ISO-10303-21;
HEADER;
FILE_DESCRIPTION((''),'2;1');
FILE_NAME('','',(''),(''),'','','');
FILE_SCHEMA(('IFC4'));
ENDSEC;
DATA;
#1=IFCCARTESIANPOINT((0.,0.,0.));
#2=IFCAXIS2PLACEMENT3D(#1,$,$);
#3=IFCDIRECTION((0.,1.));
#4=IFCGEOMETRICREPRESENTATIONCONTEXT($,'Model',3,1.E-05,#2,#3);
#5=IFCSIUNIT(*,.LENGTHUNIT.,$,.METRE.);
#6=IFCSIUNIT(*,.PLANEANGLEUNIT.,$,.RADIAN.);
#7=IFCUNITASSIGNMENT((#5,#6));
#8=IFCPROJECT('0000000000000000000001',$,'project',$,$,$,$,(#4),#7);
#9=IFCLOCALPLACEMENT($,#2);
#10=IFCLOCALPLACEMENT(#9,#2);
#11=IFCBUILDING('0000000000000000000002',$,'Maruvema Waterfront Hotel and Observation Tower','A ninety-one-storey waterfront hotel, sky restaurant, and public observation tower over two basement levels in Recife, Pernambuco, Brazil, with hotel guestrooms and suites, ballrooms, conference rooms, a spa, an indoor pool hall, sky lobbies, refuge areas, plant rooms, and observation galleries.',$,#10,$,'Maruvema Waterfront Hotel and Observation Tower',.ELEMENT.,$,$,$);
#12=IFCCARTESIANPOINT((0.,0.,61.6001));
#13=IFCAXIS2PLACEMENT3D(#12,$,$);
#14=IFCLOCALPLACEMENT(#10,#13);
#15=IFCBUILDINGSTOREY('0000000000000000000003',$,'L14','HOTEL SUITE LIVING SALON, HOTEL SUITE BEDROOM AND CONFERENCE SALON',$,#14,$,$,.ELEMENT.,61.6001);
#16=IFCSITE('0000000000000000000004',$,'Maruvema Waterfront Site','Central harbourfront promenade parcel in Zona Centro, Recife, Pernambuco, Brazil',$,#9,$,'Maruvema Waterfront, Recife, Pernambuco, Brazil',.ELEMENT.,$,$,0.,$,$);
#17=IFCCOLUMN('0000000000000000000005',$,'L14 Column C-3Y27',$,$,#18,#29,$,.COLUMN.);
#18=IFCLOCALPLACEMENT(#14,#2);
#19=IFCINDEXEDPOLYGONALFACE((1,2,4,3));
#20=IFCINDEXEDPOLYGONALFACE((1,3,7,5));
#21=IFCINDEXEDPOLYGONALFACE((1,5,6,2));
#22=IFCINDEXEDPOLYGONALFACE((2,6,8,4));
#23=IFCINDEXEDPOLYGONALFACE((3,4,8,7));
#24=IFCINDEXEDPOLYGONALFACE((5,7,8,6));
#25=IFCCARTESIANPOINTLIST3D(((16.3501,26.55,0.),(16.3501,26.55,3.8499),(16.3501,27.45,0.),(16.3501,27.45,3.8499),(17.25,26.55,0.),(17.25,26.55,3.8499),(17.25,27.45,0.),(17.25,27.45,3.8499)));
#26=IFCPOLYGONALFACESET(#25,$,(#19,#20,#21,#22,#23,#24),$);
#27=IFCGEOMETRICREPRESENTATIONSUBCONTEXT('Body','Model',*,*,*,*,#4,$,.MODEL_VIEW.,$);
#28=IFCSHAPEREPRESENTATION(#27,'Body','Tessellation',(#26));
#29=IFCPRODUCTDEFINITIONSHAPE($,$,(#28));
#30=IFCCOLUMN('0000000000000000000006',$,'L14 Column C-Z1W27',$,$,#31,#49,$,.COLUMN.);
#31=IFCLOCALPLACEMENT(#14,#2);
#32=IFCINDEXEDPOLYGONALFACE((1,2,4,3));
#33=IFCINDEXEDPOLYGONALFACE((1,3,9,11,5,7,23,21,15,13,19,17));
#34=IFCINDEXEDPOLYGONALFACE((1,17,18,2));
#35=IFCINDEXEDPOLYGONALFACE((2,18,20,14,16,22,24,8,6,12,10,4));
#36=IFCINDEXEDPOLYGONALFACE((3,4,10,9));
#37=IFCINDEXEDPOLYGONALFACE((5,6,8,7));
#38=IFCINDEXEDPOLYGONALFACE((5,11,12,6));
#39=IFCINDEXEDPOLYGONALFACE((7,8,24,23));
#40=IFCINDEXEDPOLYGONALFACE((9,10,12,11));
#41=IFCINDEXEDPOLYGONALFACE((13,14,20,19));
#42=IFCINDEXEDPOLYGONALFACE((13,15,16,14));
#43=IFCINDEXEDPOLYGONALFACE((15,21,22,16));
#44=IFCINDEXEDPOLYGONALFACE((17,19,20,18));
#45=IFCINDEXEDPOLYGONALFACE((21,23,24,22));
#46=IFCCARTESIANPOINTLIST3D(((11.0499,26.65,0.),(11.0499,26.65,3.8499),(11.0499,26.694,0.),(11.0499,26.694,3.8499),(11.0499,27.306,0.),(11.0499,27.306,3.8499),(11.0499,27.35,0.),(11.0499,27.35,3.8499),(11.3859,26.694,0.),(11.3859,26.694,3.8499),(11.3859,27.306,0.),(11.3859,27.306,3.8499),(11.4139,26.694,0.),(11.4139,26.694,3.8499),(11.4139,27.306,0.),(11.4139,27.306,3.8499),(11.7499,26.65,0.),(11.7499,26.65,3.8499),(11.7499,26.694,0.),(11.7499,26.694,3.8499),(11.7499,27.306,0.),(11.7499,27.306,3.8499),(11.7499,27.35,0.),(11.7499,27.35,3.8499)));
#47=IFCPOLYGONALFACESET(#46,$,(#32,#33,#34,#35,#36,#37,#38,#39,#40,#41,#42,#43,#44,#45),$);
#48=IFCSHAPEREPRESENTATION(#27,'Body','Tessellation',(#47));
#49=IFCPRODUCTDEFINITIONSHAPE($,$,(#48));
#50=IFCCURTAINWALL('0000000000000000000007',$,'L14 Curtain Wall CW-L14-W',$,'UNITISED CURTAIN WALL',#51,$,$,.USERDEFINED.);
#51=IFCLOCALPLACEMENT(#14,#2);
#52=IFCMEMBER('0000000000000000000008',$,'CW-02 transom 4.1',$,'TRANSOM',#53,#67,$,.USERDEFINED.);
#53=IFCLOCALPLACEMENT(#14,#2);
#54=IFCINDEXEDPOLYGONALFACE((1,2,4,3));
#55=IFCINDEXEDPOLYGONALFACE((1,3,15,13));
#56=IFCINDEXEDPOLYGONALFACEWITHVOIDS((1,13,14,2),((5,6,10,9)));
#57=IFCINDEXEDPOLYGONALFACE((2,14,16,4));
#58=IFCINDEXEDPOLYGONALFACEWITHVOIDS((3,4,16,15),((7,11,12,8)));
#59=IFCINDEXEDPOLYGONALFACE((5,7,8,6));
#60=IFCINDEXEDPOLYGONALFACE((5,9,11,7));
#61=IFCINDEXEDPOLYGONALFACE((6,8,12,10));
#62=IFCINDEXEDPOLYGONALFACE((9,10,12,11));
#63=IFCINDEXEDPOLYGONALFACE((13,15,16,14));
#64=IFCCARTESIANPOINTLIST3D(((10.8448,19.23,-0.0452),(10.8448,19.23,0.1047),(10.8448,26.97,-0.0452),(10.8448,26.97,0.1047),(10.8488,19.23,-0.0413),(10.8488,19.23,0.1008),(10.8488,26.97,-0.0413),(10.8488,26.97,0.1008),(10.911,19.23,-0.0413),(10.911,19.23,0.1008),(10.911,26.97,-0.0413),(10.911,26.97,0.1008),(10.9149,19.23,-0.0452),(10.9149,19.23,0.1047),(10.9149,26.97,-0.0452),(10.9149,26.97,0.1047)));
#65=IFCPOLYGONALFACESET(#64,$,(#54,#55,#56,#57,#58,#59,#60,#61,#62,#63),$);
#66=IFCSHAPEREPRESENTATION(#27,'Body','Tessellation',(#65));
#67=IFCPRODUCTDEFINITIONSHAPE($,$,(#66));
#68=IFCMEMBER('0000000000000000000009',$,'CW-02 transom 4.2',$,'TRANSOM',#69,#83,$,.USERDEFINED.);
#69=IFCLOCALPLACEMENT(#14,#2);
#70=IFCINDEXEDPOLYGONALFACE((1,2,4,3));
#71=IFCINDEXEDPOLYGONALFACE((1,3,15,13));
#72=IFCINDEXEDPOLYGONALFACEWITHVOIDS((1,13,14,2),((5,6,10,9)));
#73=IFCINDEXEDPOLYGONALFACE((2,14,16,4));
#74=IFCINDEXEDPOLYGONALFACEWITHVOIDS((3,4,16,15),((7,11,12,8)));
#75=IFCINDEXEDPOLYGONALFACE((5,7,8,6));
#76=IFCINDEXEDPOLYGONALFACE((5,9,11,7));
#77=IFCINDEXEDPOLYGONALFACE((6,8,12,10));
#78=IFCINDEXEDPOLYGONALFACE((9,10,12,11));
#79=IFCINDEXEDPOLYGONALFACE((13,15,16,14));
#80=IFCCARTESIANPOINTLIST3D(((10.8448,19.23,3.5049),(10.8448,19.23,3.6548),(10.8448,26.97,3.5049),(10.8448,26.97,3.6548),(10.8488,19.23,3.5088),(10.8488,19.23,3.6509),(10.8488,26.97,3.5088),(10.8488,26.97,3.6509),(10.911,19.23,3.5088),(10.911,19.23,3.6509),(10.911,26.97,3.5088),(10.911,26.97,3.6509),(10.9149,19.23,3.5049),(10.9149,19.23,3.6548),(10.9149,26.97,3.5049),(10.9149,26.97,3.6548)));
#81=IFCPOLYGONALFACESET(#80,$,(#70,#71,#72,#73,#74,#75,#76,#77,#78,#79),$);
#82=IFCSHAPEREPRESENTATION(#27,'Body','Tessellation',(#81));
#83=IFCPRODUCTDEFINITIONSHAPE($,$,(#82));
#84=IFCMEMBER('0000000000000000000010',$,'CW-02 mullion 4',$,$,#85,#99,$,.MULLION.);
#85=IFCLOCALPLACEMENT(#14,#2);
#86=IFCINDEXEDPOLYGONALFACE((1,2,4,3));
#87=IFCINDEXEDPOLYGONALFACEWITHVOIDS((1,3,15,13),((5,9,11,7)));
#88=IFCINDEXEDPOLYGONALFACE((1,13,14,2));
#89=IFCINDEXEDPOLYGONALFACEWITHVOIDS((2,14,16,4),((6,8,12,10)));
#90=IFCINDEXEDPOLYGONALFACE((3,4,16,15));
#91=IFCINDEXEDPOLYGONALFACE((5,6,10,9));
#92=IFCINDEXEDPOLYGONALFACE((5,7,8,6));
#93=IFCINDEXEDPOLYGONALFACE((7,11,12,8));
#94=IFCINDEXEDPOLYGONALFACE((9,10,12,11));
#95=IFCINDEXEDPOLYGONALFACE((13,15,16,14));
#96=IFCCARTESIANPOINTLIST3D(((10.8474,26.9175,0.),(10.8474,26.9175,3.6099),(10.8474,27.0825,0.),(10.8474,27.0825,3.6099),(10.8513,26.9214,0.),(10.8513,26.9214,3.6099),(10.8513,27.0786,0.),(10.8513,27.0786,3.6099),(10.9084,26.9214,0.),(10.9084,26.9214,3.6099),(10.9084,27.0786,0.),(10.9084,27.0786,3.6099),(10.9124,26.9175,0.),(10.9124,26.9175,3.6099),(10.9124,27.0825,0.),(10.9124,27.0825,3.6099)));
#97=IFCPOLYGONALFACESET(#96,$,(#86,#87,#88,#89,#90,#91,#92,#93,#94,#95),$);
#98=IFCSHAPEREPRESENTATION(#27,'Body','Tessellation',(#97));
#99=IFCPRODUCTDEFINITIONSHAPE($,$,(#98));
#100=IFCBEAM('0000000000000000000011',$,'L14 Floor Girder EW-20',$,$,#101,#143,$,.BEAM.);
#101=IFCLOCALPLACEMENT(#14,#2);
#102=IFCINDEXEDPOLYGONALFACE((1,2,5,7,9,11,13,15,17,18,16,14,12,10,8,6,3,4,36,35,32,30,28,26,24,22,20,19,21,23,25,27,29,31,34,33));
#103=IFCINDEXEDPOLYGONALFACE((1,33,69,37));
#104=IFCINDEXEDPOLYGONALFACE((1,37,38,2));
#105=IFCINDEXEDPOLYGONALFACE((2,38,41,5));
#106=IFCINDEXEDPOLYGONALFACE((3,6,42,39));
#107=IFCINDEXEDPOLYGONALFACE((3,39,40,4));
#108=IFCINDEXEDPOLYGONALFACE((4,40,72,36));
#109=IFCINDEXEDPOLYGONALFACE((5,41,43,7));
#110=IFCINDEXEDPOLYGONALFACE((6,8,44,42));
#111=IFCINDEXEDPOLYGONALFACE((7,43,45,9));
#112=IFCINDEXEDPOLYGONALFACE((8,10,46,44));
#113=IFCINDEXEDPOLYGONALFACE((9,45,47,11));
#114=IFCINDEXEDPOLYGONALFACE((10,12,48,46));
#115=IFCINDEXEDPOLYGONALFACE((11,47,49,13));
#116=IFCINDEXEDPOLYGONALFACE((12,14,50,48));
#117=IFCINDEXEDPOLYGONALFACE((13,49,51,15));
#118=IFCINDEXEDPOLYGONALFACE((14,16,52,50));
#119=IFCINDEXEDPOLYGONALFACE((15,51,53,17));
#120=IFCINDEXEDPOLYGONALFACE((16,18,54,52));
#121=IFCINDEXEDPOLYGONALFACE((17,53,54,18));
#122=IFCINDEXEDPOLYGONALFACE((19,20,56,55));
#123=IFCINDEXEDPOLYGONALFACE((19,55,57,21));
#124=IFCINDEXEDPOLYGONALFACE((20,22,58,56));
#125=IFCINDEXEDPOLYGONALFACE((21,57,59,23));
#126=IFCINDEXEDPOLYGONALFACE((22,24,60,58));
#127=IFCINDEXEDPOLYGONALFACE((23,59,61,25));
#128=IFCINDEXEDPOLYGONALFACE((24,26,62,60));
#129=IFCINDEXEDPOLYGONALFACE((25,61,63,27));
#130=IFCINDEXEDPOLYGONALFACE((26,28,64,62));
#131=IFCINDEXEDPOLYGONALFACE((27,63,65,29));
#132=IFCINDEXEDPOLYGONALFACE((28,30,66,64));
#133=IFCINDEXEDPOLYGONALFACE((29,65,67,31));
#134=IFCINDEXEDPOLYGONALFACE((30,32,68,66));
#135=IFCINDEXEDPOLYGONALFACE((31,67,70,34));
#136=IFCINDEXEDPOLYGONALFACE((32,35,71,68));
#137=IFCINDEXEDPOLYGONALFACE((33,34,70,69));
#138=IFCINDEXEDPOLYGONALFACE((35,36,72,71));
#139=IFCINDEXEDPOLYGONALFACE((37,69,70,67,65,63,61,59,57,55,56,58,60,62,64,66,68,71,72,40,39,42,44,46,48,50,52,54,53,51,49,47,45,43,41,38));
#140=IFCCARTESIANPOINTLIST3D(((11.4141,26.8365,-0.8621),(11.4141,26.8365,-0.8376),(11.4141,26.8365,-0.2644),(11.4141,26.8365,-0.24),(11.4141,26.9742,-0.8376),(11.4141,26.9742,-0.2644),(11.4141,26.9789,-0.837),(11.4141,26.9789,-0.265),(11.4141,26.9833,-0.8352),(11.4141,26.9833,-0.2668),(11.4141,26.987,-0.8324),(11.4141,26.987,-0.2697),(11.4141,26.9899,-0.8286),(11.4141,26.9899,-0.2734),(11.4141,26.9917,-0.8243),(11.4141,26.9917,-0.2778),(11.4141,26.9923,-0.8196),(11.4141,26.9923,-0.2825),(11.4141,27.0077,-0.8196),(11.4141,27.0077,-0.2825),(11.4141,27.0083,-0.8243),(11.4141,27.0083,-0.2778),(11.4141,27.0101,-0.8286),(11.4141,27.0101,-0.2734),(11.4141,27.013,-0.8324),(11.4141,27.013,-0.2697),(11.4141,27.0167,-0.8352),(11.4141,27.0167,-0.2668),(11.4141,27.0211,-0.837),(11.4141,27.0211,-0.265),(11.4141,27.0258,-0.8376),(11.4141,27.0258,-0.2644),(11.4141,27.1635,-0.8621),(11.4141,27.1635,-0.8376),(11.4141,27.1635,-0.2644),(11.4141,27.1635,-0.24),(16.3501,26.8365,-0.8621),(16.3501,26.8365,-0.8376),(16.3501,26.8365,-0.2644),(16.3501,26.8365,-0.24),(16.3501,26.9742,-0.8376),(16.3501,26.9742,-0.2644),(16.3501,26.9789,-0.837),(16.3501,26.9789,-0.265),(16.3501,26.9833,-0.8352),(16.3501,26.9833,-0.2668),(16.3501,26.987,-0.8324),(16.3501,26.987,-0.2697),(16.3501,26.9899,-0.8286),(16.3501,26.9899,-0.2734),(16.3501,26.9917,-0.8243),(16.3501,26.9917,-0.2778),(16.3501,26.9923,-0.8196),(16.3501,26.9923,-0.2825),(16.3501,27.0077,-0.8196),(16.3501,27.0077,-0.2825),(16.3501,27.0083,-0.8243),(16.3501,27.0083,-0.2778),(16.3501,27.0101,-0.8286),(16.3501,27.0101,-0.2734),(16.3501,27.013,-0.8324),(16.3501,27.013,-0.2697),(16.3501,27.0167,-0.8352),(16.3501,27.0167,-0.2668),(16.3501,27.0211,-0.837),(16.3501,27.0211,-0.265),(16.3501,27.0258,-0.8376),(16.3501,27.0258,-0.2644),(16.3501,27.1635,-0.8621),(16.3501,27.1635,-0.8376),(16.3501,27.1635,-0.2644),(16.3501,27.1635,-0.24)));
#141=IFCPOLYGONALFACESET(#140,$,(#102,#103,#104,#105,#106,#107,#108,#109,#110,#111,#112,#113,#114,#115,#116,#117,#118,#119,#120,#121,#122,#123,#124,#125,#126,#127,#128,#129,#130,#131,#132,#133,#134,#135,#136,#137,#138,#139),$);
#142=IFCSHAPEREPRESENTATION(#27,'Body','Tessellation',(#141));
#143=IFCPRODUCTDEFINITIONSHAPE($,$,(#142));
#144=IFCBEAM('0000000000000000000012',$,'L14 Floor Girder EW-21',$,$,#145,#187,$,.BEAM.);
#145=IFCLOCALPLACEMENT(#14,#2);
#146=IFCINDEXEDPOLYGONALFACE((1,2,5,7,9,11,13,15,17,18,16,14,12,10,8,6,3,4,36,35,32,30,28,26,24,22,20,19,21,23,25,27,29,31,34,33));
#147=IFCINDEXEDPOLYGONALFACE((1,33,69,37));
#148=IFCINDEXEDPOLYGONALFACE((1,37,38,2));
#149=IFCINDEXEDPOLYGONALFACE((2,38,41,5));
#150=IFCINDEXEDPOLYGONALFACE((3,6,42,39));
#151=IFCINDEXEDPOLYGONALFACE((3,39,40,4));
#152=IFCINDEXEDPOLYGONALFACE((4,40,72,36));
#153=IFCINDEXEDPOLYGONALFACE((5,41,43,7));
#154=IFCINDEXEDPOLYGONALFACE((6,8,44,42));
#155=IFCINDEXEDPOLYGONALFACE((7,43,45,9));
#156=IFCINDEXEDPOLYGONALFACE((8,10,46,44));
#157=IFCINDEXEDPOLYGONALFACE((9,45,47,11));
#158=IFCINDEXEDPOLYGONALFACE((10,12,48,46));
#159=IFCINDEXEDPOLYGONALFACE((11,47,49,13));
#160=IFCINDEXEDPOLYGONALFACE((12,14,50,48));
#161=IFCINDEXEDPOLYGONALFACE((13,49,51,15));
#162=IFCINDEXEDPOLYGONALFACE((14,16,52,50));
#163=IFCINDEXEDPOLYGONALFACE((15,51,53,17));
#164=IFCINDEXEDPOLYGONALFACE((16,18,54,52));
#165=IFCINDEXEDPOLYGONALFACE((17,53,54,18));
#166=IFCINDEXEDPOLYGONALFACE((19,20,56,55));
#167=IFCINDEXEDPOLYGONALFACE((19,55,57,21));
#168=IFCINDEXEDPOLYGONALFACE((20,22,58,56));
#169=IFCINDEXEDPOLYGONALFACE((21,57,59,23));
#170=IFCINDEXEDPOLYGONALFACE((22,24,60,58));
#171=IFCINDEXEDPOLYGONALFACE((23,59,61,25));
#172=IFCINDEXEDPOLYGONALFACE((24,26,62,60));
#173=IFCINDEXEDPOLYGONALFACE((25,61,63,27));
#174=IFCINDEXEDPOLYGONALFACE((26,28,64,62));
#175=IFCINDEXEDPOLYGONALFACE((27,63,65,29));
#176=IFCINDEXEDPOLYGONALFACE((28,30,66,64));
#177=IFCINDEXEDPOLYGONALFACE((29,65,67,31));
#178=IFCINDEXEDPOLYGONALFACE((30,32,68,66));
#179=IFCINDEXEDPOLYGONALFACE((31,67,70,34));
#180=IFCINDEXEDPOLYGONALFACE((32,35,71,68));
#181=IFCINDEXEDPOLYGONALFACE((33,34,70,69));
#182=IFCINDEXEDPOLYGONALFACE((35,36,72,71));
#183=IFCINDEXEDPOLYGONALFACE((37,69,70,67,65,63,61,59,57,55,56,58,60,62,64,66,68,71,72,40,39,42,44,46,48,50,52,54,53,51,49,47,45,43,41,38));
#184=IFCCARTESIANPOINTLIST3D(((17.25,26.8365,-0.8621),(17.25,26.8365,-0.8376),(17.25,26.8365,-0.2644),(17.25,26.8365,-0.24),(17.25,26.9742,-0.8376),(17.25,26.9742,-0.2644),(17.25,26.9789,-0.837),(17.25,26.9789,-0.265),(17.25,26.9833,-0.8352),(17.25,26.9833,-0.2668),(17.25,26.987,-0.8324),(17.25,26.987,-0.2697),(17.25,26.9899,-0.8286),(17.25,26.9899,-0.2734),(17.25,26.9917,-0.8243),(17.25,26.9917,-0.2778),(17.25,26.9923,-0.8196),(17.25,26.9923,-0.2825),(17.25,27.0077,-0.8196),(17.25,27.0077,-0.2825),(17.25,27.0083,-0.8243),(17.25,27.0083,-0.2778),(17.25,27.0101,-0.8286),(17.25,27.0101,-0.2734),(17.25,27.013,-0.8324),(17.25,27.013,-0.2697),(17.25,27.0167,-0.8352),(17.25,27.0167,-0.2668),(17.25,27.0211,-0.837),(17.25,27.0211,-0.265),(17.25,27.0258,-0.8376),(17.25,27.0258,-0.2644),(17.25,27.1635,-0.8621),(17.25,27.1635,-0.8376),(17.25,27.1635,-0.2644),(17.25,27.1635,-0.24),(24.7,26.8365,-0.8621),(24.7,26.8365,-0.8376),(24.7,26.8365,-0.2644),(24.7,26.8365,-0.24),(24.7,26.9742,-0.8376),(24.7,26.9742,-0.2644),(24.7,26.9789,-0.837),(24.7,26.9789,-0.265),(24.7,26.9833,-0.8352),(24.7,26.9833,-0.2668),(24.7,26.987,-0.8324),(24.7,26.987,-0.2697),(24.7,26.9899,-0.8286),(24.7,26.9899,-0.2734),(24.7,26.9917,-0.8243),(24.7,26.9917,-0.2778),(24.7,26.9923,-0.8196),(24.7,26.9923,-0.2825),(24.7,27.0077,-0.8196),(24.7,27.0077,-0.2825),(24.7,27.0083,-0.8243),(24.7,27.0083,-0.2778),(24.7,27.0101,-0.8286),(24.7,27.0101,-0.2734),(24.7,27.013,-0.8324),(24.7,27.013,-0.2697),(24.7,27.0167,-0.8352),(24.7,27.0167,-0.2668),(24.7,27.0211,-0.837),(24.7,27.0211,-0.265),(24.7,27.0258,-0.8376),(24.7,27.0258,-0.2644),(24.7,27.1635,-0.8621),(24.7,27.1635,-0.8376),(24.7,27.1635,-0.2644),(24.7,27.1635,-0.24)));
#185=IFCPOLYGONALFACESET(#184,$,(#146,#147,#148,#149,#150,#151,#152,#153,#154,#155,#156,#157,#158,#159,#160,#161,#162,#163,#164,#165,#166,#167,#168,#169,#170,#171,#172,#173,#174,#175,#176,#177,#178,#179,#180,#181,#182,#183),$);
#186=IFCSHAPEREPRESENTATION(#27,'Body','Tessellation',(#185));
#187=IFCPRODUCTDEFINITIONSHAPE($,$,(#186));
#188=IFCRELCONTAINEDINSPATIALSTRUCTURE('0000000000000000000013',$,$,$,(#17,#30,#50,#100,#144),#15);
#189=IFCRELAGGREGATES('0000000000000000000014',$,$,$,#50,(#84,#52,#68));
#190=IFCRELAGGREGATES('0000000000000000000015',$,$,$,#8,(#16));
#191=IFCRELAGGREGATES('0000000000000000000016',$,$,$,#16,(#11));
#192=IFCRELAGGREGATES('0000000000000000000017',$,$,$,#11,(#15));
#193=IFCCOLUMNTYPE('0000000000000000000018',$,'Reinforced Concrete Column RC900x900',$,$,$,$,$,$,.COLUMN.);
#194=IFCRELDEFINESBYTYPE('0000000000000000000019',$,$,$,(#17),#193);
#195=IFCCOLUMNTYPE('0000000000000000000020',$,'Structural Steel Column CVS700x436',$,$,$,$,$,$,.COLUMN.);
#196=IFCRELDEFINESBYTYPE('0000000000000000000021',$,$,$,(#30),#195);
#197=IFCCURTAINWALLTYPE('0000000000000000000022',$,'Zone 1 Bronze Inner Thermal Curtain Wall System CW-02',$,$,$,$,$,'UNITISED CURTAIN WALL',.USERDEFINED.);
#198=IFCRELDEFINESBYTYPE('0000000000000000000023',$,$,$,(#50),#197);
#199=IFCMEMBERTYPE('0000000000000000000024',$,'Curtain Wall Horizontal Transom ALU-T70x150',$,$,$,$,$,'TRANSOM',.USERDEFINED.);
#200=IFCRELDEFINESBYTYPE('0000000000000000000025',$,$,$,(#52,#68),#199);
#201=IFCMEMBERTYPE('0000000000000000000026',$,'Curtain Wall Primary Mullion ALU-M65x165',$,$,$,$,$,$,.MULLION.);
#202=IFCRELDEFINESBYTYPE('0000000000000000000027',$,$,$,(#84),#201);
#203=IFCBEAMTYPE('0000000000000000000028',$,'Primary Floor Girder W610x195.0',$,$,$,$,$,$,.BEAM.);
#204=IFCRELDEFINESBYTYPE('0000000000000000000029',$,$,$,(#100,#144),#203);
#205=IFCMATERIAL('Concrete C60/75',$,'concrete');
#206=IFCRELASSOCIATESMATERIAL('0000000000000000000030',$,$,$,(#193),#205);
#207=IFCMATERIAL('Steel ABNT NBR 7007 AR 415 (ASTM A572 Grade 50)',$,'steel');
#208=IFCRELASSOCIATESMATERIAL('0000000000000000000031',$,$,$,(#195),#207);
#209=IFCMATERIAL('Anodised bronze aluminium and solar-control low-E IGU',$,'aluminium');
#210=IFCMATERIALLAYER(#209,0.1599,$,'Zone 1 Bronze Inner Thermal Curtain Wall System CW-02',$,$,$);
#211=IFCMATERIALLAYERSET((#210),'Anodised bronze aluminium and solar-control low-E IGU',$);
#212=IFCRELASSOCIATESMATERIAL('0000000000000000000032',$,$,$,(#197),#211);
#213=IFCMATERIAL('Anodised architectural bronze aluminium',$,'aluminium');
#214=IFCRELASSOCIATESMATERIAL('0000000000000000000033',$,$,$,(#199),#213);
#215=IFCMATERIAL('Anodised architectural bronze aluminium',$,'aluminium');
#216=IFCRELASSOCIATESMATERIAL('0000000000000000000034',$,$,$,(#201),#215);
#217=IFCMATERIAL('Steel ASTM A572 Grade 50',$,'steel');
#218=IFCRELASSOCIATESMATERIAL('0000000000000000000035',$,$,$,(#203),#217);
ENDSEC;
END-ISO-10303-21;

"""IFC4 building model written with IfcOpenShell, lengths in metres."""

from ifc_helpers import new_model, si_unit, direction, frame, origin, origin_2d, place, context, subcontext, project, spatial, rectangle, hollow_rectangle, i_section, extrude, material, layer, layer_set, material_profile, profile_set, type_object, element, aggregate, save


model = new_model("IFC4")

# Units and contexts
model_context = context("Model", 3, precision=1e-05, world=origin(), true_north=direction((0.0, 1.0)))
body_context = subcontext(model_context, "Body", "Model", "MODEL_VIEW")
ifc_project = project(units=[si_unit("LENGTHUNIT", "METRE"), si_unit("PLANEANGLEUNIT", "RADIAN")], contexts=[model_context])

# Site, building, storey
site_placement = place(None, origin())
site = spatial("IfcSite", under=ifc_project, at=site_placement, Name="Maruvema Waterfront Site", Description="Central harbourfront promenade parcel in Zona Centro, Recife, Pernambuco, Brazil", LongName="Maruvema Waterfront, Recife, Pernambuco, Brazil", CompositionType="ELEMENT", RefElevation=0.0)
building_placement = place(site_placement, origin())
building = spatial("IfcBuilding", under=site, at=building_placement, Name="Maruvema Waterfront Hotel and Observation Tower", Description="A ninety-one-storey waterfront hotel, sky restaurant, and public observation tower over two basement levels in Recife, Pernambuco, Brazil, with hotel guestrooms and suites, ballrooms, conference rooms, a spa, an indoor pool hall, sky lobbies, refuge areas, plant rooms, and observation galleries.", LongName="Maruvema Waterfront Hotel and Observation Tower", CompositionType="ELEMENT")
storey_placement = place(building_placement, frame((0.0, 0.0, 61.6001)))
storey = spatial("IfcBuildingStorey", under=building, at=storey_placement, Name="L14", Description="HOTEL SUITE LIVING SALON, HOTEL SUITE BEDROOM AND CONFERENCE SALON", CompositionType="ELEMENT", Elevation=61.6001)

# Columns
ifc_material_1 = material(Name="Concrete C60/75", Category="concrete")
ifc_material_profile_1 = material_profile(ifc_material_1, rectangle(XDim=0.8999, YDim=0.8999, at=origin_2d()), Name="RC900x900")
ifc_profile_set_1 = profile_set([ifc_material_profile_1], Name="Concrete C60/75")
column_type_1 = type_object("IfcColumnType", Name="Reinforced Concrete Column RC900x900", PredefinedType="COLUMN", material=ifc_profile_set_1)
column_1_placement = place(storey_placement, frame((16.8, 27.0, 0.0), z_axis=(0.0, 0.0, 1.0), x_axis=(1.0, 0.0, 0.0)))
element("IfcColumn", 1, at=column_1_placement, inside=storey, type_object=column_type_1, Name="L14 Column C-3Y27", PredefinedType="COLUMN", context=body_context, shape_type="SweptSolid", body=[
    extrude(rectangle(XDim=0.8999, YDim=0.8999, at=origin_2d()), origin(), (0.0, 0.0, 1.0), 3.8499),
])
ifc_material_2 = material(Name="Steel ABNT NBR 7007 AR 415 (ASTM A572 Grade 50)", Category="steel")
ifc_material_profile_2 = material_profile(ifc_material_2, i_section(OverallWidth=0.7, OverallDepth=0.7, WebThickness=0.0281, FlangeThickness=0.0439, at=origin_2d()), Name="CVS700x436")
ifc_profile_set_2 = profile_set([ifc_material_profile_2], Name="Steel ABNT NBR 7007 AR 415 (ASTM A572 Grade 50)")
column_type_2 = type_object("IfcColumnType", Name="Structural Steel Column CVS700x436", PredefinedType="COLUMN", material=ifc_profile_set_2)
column_2_placement = place(storey_placement, frame((11.3999, 27.0, 0.0), z_axis=(0.0, 0.0, 1.0), x_axis=(1.0, 0.0, 0.0)))
element("IfcColumn", 2, at=column_2_placement, inside=storey, type_object=column_type_2, Name="L14 Column C-Z1W27", PredefinedType="COLUMN", context=body_context, shape_type="SweptSolid", body=[
    extrude(i_section(OverallWidth=0.7, OverallDepth=0.7, WebThickness=0.0281, FlangeThickness=0.0439, at=origin_2d()), origin(), (0.0, 0.0, 1.0), 3.8499),
])

# Curtain wall, members
ifc_material_3 = material(Name="Anodised bronze aluminium and solar-control low-E IGU", Category="aluminium")
ifc_layer_1 = layer(ifc_material_3, 0.1599, Name="Zone 1 Bronze Inner Thermal Curtain Wall System CW-02")
ifc_layer_set_1 = layer_set([ifc_layer_1], Name="Anodised bronze aluminium and solar-control low-E IGU")
curtain_wall_type = type_object("IfcCurtainWallType", Name="Zone 1 Bronze Inner Thermal Curtain Wall System CW-02", ElementType="UNITISED CURTAIN WALL", PredefinedType="USERDEFINED", material=ifc_layer_set_1)
curtain_wall_placement = place(storey_placement, origin())
curtain_wall = element("IfcCurtainWall", 3, at=curtain_wall_placement, inside=storey, type_object=curtain_wall_type, Name="L14 Curtain Wall CW-L14-W", ObjectType="UNITISED CURTAIN WALL", PredefinedType="USERDEFINED")
ifc_material_4 = material(Name="Anodised architectural bronze aluminium", Category="aluminium")
ifc_material_profile_3 = material_profile(ifc_material_4, hollow_rectangle(XDim=0.0701, YDim=0.1499, WallThickness=0.0039, at=origin_2d()), Name="ALU-T70x150")
ifc_profile_set_3 = profile_set([ifc_material_profile_3], Name="Anodised architectural bronze aluminium")
member_type_1 = type_object("IfcMemberType", Name="Curtain Wall Horizontal Transom ALU-T70x150", ElementType="TRANSOM", PredefinedType="USERDEFINED", material=ifc_profile_set_3)
member_1_placement = place(storey_placement, frame((10.8799, 26.97, 0.0298), z_axis=(0.0, -1.0, 0.0), x_axis=(1.0, 0.0, 0.0)))
member_1 = element("IfcMember", 4, at=member_1_placement, type_object=member_type_1, Name="CW-02 transom 4.1", ObjectType="TRANSOM", PredefinedType="USERDEFINED", context=body_context, shape_type="SweptSolid", body=[
    extrude(hollow_rectangle(XDim=0.0701, YDim=0.1499, WallThickness=0.0039, at=origin_2d()), origin(), (0.0, 0.0, 1.0), 7.74),
])
member_2_placement = place(storey_placement, frame((10.8799, 26.97, 3.5798), z_axis=(0.0, -1.0, 0.0), x_axis=(1.0, 0.0, 0.0)))
member_2 = element("IfcMember", 5, at=member_2_placement, type_object=member_type_1, Name="CW-02 transom 4.2", ObjectType="TRANSOM", PredefinedType="USERDEFINED", context=body_context, shape_type="SweptSolid", body=[
    extrude(hollow_rectangle(XDim=0.0701, YDim=0.1499, WallThickness=0.0039, at=origin_2d()), origin(), (0.0, 0.0, 1.0), 7.74),
])
ifc_material_5 = material(Name="Anodised architectural bronze aluminium", Category="aluminium")
ifc_material_profile_4 = material_profile(ifc_material_5, hollow_rectangle(XDim=0.0649, YDim=0.165, WallThickness=0.0039, at=origin_2d()), Name="ALU-M65x165")
ifc_profile_set_4 = profile_set([ifc_material_profile_4], Name="Anodised architectural bronze aluminium")
member_type_2 = type_object("IfcMemberType", Name="Curtain Wall Primary Mullion ALU-M65x165", PredefinedType="MULLION", material=ifc_profile_set_4)
member_3_placement = place(storey_placement, frame((10.8799, 27.0, 0.0), z_axis=(0.0, 0.0, 1.0), x_axis=(1.0, 0.0, 0.0)))
member_3 = element("IfcMember", 6, at=member_3_placement, type_object=member_type_2, Name="CW-02 mullion 4", PredefinedType="MULLION", context=body_context, shape_type="SweptSolid", body=[
    extrude(hollow_rectangle(XDim=0.0649, YDim=0.165, WallThickness=0.0039, at=origin_2d()), origin(), (0.0, 0.0, 1.0), 3.6099),
])

# Beams
ifc_material_6 = material(Name="Steel ASTM A572 Grade 50", Category="steel")
ifc_material_profile_5 = material_profile(ifc_material_6, i_section(OverallWidth=0.3269, OverallDepth=0.6221, WebThickness=0.0154, FlangeThickness=0.0244, FilletRadius=0.0181, at=origin_2d()), Name="W610x195.0")
ifc_profile_set_5 = profile_set([ifc_material_profile_5], Name="Steel ASTM A572 Grade 50")
beam_type = type_object("IfcBeamType", Name="Primary Floor Girder W610x195.0", PredefinedType="BEAM", material=ifc_profile_set_5)
beam_1_placement = place(storey_placement, frame((11.4141, 27.0, -0.551), z_axis=(1.0, 0.0, 0.0), x_axis=(0.0, 1.0, 0.0)))
element("IfcBeam", 7, at=beam_1_placement, inside=storey, type_object=beam_type, Name="L14 Floor Girder EW-20", PredefinedType="BEAM", context=body_context, shape_type="SweptSolid", body=[
    extrude(i_section(OverallWidth=0.3269, OverallDepth=0.6221, WebThickness=0.0154, FlangeThickness=0.0244, FilletRadius=0.0181, at=origin_2d()), origin(), (0.0, 0.0, 1.0), 4.936),
])
beam_2_placement = place(storey_placement, frame((17.25, 27.0, -0.551), z_axis=(1.0, 0.0, 0.0), x_axis=(0.0, 1.0, 0.0)))
element("IfcBeam", 8, at=beam_2_placement, inside=storey, type_object=beam_type, Name="L14 Floor Girder EW-21", PredefinedType="BEAM", context=body_context, shape_type="SweptSolid", body=[
    extrude(i_section(OverallWidth=0.3269, OverallDepth=0.6221, WebThickness=0.0154, FlangeThickness=0.0244, FilletRadius=0.0181, at=origin_2d()), origin(), (0.0, 0.0, 1.0), 7.45),
])

aggregate(curtain_wall, [member_3, member_1, member_2])

save(model, "model.ifc")
